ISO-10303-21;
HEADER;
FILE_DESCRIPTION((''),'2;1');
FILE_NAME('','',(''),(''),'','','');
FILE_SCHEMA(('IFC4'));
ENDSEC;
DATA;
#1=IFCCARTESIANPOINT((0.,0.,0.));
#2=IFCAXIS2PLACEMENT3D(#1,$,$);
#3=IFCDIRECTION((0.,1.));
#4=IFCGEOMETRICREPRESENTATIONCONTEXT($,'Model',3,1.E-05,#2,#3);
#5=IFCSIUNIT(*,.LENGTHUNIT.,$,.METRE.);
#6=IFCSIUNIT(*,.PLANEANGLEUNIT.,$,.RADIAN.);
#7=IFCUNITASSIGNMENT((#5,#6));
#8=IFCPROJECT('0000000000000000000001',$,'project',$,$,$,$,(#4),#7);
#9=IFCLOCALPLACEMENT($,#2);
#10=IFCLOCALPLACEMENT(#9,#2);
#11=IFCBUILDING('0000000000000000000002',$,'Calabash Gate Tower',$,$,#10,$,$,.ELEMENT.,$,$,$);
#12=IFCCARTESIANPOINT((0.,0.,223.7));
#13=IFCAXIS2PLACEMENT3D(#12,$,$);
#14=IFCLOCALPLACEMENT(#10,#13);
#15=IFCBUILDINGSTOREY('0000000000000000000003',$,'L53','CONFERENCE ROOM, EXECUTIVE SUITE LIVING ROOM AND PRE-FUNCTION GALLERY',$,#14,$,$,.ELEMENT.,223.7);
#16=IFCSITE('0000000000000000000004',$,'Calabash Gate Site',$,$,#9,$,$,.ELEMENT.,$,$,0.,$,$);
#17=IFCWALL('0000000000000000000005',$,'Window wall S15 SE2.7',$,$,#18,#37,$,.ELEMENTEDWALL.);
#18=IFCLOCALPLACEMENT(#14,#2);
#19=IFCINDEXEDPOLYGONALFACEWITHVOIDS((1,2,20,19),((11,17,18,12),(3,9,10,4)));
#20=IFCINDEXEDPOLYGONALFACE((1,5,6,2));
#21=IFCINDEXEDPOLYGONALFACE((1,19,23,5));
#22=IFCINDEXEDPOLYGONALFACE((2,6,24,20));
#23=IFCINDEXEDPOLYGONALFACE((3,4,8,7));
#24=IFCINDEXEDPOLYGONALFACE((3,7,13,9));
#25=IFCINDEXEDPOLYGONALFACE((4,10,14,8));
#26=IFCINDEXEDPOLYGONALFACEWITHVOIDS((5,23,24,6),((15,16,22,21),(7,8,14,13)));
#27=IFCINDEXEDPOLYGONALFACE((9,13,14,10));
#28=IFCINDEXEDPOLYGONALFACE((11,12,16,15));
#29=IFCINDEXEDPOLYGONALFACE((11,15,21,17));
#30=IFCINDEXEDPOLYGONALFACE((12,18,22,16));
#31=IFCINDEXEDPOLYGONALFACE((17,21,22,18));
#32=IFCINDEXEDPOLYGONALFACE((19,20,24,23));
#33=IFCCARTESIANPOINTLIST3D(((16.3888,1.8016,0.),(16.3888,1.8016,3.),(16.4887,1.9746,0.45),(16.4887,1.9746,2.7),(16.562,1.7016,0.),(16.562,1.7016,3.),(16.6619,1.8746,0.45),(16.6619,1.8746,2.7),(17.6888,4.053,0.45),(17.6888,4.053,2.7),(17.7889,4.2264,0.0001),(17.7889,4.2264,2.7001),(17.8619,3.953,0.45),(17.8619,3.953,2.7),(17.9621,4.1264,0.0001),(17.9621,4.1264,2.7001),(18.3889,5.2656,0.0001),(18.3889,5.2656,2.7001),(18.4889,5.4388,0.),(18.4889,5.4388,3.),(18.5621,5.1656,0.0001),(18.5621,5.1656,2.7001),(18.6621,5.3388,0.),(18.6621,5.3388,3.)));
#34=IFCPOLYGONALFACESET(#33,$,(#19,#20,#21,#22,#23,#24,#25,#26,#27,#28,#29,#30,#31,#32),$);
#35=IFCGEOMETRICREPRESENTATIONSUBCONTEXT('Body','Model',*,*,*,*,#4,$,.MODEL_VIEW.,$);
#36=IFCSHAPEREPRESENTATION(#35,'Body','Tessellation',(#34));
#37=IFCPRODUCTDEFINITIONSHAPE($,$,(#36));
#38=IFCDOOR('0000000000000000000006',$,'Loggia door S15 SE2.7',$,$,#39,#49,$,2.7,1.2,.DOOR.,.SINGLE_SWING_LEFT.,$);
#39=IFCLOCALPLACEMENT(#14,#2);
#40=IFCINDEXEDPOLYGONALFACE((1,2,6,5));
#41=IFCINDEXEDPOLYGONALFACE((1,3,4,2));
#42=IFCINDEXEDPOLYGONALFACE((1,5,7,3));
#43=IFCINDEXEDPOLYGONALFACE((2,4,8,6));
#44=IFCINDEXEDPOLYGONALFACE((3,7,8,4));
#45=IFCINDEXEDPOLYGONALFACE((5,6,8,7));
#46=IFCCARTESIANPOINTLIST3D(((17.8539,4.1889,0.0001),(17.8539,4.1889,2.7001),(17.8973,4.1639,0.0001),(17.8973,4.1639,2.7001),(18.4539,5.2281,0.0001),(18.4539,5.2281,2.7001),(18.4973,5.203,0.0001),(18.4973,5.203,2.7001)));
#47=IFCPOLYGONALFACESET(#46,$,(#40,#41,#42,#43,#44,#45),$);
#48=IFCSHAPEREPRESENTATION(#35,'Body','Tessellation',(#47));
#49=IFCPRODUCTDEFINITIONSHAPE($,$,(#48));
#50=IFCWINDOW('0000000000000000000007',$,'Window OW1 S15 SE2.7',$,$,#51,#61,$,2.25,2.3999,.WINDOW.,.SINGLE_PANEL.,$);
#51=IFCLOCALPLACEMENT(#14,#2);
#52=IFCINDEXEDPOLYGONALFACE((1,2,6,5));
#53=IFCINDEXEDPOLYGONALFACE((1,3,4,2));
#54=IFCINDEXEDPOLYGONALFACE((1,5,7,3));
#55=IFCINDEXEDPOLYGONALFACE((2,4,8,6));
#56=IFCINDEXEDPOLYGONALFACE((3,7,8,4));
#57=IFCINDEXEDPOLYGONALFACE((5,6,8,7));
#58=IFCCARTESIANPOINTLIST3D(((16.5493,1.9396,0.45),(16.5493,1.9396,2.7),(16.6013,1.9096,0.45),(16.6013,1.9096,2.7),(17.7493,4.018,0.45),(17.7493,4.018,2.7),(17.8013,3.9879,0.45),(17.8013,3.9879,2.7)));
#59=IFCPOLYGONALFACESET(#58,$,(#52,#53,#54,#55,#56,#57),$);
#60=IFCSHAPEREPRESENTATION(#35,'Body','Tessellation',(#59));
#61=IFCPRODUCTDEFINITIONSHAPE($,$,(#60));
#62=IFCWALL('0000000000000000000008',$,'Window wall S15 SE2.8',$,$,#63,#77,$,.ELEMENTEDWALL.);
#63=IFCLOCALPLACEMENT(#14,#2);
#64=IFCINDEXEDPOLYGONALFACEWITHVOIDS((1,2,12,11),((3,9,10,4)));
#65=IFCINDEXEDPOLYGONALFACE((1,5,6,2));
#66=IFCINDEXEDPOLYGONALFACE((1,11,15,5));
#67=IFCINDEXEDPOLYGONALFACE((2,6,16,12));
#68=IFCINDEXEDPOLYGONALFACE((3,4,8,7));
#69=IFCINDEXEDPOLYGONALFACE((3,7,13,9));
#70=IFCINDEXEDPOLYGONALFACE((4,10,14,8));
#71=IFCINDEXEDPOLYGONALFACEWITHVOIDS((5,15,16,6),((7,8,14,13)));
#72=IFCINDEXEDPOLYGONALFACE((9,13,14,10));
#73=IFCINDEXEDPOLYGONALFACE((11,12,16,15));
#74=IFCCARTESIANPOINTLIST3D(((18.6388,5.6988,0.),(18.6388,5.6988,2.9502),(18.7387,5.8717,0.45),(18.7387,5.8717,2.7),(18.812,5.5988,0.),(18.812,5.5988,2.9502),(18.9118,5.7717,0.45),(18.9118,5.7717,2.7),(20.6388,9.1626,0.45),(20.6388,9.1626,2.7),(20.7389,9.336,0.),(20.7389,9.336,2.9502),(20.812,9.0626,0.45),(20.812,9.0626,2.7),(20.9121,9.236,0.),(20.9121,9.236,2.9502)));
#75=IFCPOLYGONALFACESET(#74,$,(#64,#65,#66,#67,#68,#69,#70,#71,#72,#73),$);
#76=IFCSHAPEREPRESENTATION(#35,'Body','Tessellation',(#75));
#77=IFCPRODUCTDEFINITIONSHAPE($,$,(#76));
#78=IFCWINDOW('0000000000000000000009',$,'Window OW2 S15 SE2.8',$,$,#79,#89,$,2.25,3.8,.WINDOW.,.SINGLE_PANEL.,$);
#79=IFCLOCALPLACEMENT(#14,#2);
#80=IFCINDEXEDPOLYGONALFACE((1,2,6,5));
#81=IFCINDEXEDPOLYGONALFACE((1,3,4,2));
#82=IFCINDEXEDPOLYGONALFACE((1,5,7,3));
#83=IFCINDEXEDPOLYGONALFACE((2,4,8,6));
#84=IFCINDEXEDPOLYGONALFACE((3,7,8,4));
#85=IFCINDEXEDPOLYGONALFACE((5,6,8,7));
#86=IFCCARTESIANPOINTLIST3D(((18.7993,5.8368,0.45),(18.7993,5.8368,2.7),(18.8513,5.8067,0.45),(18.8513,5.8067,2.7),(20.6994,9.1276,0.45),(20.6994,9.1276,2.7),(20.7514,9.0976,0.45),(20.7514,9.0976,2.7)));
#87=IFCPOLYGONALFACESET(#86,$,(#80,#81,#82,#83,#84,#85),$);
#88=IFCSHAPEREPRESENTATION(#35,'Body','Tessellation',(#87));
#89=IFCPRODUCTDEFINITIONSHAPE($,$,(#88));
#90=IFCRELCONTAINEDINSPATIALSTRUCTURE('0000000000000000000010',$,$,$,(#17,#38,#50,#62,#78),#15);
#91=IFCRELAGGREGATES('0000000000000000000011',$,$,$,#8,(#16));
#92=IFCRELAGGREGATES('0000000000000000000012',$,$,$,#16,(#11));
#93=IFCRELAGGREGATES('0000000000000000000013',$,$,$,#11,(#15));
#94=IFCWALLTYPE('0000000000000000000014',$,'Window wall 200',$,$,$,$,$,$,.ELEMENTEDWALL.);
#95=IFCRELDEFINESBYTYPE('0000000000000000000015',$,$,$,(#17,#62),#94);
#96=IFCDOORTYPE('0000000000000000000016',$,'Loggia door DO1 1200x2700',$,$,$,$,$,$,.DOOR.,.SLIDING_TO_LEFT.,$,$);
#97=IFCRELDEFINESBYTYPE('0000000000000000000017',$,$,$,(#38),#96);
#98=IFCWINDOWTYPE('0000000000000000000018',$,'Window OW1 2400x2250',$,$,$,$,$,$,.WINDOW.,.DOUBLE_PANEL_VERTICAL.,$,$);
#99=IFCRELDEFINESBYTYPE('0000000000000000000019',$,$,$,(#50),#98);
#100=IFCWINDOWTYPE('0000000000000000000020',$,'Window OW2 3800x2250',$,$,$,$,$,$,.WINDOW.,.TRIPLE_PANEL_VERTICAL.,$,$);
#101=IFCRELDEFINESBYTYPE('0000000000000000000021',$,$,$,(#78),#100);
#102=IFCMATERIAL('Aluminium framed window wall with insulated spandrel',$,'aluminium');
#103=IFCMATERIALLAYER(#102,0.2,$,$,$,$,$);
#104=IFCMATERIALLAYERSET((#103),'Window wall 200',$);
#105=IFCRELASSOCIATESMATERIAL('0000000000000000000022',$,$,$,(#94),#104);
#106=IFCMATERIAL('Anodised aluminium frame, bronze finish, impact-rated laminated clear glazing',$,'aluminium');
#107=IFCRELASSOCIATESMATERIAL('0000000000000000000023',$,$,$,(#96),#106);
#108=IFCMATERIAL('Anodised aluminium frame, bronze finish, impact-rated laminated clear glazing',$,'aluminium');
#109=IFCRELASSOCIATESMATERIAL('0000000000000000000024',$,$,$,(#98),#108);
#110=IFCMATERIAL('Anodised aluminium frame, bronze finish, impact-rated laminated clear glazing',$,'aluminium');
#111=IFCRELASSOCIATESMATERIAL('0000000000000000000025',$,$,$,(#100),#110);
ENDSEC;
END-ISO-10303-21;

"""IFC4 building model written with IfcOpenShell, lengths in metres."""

from ifc_helpers import new_model, si_unit, direction, frame, frame_2d, origin, place, context, subcontext, project, spatial, rectangle, extrude, material, layer, layer_set, type_object, element, fill, save


model = new_model("IFC4")

# Units and contexts
model_context = context("Model", 3, precision=1e-05, world=origin(), true_north=direction((0.0, 1.0)))
body_context = subcontext(model_context, "Body", "Model", "MODEL_VIEW")
ifc_project = project(units=[si_unit("LENGTHUNIT", "METRE"), si_unit("PLANEANGLEUNIT", "RADIAN")], contexts=[model_context])

# Site, building, storey
site_placement = place(None, origin())
site = spatial("IfcSite", under=ifc_project, at=site_placement, Name="Calabash Gate Site", CompositionType="ELEMENT", RefElevation=0.0)
building_placement = place(site_placement, origin())
building = spatial("IfcBuilding", under=site, at=building_placement, Name="Calabash Gate Tower", CompositionType="ELEMENT")
storey_placement = place(building_placement, frame((0.0, 0.0, 223.7)))
storey = spatial("IfcBuildingStorey", under=building, at=storey_placement, Name="L53", Description="CONFERENCE ROOM, EXECUTIVE SUITE LIVING ROOM AND PRE-FUNCTION GALLERY", CompositionType="ELEMENT", Elevation=223.7)

# Wall, openings, door, window
ifc_material_1 = material(Name="Aluminium framed window wall with insulated spandrel", Category="aluminium")
ifc_layer_1 = layer(ifc_material_1, 0.2)
ifc_layer_set_1 = layer_set([ifc_layer_1], Name="Window wall 200")
wall_type_1 = type_object("IfcWallType", Name="Window wall 200", PredefinedType="ELEMENTEDWALL", material=ifc_layer_set_1)
wall_1_placement = place(storey_placement, frame((16.4753, 1.7515, 0.0), z_axis=(0.0, 0.0, 1.0), x_axis=(0.500028, 0.866009, 0.0)))
wall_1 = element("IfcWall", 1, at=wall_1_placement, inside=storey, type_object=wall_type_1, Name="Window wall S15 SE2.7", PredefinedType="ELEMENTEDWALL", context=body_context, shape_type="SweptSolid", body=[
    extrude(rectangle(XDim=4.2, YDim=0.2, at=frame_2d((2.1001, 0.0))), origin(), (0.0, 0.0, 1.0), 3.0),
])
opening_1_placement = place(wall_1_placement, frame((0.2, 0.0, 0.45)))
opening_1 = element("IfcOpeningElement", 2, at=opening_1_placement, cuts=wall_1, PredefinedType="OPENING", context=body_context, shape_type="SweptSolid", body=[
    extrude(rectangle(XDim=2.3999, YDim=2.25, at=frame_2d((1.2, 1.125))), frame((0.0, 0.1099, 0.0), z_axis=(0.0, -1.0, 0.0), x_axis=(1.0, 0.0, 0.0)), (0.0, 0.0, 1.0), 0.22),
])
opening_2_placement = place(wall_1_placement, frame((2.8, 0.0, 0.0)))
opening_2 = element("IfcOpeningElement", 3, at=opening_2_placement, cuts=wall_1, PredefinedType="OPENING", context=body_context, shape_type="SweptSolid", body=[
    extrude(rectangle(XDim=1.2, YDim=2.7, at=frame_2d((0.6001, 1.3501))), frame((0.0, 0.1099, 0.0), z_axis=(0.0, -1.0, 0.0), x_axis=(1.0, 0.0, 0.0)), (0.0, 0.0, 1.0), 0.22),
])
ifc_material_2 = material(Name="Anodised aluminium frame, bronze finish, impact-rated laminated clear glazing", Category="aluminium")
door_type_1 = type_object("IfcDoorType", Name="Loggia door DO1 1200x2700", OperationType="SLIDING_TO_LEFT", PredefinedType="DOOR", material=ifc_material_2)
door_1_placement = place(opening_2_placement, origin())
door_1 = element("IfcDoor", 4, at=door_1_placement, inside=storey, type_object=door_type_1, Name="Loggia door S15 SE2.7", OperationType="SINGLE_SWING_LEFT", OverallHeight=2.7, OverallWidth=1.2, PredefinedType="DOOR", context=body_context, shape_type="SweptSolid", body=[
    extrude(rectangle(XDim=1.2, YDim=2.7, at=frame_2d((0.6001, 1.3501))), frame((0.0, 0.0249, 0.0), z_axis=(0.0, -1.0, 0.0), x_axis=(1.0, 0.0, 0.0)), (0.0, 0.0, 1.0), 0.05),
])
fill(opening_2, door_1)
ifc_material_3 = material(Name="Anodised aluminium frame, bronze finish, impact-rated laminated clear glazing", Category="aluminium")
window_type_1 = type_object("IfcWindowType", Name="Window OW1 2400x2250", PartitioningType="DOUBLE_PANEL_VERTICAL", PredefinedType="WINDOW", material=ifc_material_3)
window_1_placement = place(opening_1_placement, origin())
window_1 = element("IfcWindow", 5, at=window_1_placement, inside=storey, type_object=window_type_1, Name="Window OW1 S15 SE2.7", OverallHeight=2.25, OverallWidth=2.3999, PartitioningType="SINGLE_PANEL", PredefinedType="WINDOW", context=body_context, shape_type="SweptSolid", body=[
    extrude(rectangle(XDim=2.3999, YDim=2.25, at=frame_2d((1.2, 1.125))), frame((0.0, 0.03, 0.0), z_axis=(0.0, -1.0, 0.0), x_axis=(1.0, 0.0, 0.0)), (0.0, 0.0, 1.0), 0.0601),
])
fill(opening_1, window_1)

# Wall, opening, window
wall_2_placement = place(storey_placement, frame((18.7253, 5.6487, 0.0), z_axis=(0.0, 0.0, 1.0), x_axis=(0.500028, 0.866009, 0.0)))
wall_2 = element("IfcWall", 6, at=wall_2_placement, inside=storey, type_object=wall_type_1, Name="Window wall S15 SE2.8", PredefinedType="ELEMENTEDWALL", context=body_context, shape_type="SweptSolid", body=[
    extrude(rectangle(XDim=4.2, YDim=0.2, at=frame_2d((2.1001, 0.0))), origin(), (0.0, 0.0, 1.0), 2.9502),
])
opening_3_placement = place(wall_2_placement, frame((0.2, 0.0, 0.45)))
opening_3 = element("IfcOpeningElement", 7, at=opening_3_placement, cuts=wall_2, PredefinedType="OPENING", context=body_context, shape_type="SweptSolid", body=[
    extrude(rectangle(XDim=3.8, YDim=2.25, at=frame_2d((1.8999, 1.125))), frame((0.0, 0.1099, 0.0), z_axis=(0.0, -1.0, 0.0), x_axis=(1.0, 0.0, 0.0)), (0.0, 0.0, 1.0), 0.22),
])
ifc_material_4 = material(Name="Anodised aluminium frame, bronze finish, impact-rated laminated clear glazing", Category="aluminium")
window_type_2 = type_object("IfcWindowType", Name="Window OW2 3800x2250", PartitioningType="TRIPLE_PANEL_VERTICAL", PredefinedType="WINDOW", material=ifc_material_4)
window_2_placement = place(opening_3_placement, origin())
window_2 = element("IfcWindow", 8, at=window_2_placement, inside=storey, type_object=window_type_2, Name="Window OW2 S15 SE2.8", OverallHeight=2.25, OverallWidth=3.8, PartitioningType="SINGLE_PANEL", PredefinedType="WINDOW", context=body_context, shape_type="SweptSolid", body=[
    extrude(rectangle(XDim=3.8, YDim=2.25, at=frame_2d((1.8999, 1.125))), frame((0.0, 0.03, 0.0), z_axis=(0.0, -1.0, 0.0), x_axis=(1.0, 0.0, 0.0)), (0.0, 0.0, 1.0), 0.0601),
])
fill(opening_3, window_2)

save(model, "model.ifc")
